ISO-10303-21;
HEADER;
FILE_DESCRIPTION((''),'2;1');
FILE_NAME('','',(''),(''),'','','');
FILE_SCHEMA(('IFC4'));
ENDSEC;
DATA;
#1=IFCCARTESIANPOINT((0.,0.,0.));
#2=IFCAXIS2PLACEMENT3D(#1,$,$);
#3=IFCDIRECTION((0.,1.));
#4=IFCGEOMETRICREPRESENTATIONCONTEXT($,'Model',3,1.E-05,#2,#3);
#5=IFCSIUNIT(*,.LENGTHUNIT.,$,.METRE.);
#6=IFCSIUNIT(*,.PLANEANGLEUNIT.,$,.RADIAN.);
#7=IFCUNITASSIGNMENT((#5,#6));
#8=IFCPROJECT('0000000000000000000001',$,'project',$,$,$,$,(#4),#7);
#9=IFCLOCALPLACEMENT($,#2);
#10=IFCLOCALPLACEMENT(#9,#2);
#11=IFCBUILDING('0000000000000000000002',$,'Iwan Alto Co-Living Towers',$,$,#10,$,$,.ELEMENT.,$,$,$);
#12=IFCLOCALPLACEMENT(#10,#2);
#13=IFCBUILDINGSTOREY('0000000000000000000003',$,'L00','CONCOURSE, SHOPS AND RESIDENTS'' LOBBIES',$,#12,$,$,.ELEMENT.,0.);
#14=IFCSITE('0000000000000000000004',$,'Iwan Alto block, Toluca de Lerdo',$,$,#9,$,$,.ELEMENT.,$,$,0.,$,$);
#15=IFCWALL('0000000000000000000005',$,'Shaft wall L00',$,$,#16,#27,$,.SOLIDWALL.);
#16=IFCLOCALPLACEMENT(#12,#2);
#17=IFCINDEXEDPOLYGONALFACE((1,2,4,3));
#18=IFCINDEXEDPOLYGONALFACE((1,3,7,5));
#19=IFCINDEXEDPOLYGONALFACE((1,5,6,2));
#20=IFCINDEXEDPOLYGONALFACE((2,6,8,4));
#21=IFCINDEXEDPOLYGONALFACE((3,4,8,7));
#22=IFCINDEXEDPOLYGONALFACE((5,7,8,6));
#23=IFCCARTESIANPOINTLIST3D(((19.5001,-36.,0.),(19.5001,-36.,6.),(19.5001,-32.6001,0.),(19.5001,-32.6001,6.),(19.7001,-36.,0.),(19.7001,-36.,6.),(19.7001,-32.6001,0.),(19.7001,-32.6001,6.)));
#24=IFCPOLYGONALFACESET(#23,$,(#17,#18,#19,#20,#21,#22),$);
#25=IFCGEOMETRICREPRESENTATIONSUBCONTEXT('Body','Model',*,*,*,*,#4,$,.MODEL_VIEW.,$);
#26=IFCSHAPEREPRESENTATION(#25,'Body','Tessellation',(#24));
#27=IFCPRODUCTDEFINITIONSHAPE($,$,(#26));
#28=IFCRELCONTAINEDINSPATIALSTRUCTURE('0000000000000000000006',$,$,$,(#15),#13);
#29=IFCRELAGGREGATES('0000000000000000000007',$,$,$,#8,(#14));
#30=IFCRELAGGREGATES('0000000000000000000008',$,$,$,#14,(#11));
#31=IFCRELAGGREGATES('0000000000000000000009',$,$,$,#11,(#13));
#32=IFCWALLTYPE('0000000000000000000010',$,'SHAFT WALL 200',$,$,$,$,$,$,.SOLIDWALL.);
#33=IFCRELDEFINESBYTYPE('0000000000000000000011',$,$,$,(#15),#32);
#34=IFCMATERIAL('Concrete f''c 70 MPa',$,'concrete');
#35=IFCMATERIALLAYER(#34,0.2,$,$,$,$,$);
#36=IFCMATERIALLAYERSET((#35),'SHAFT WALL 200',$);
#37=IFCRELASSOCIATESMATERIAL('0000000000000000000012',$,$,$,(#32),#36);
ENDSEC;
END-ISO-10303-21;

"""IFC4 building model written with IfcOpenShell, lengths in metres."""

from ifc_helpers import new_model, si_unit, direction, frame, frame_2d, origin, place, context, subcontext, project, spatial, rectangle, extrude, material, layer, layer_set, type_object, element, save


model = new_model("IFC4")

# Units and contexts
model_context = context("Model", 3, precision=1e-05, world=origin(), true_north=direction((0.0, 1.0)))
body_context = subcontext(model_context, "Body", "Model", "MODEL_VIEW")
ifc_project = project(units=[si_unit("LENGTHUNIT", "METRE"), si_unit("PLANEANGLEUNIT", "RADIAN")], contexts=[model_context])

# Site, building, storey
site_placement = place(None, origin())
site = spatial("IfcSite", under=ifc_project, at=site_placement, Name="Iwan Alto block, Toluca de Lerdo", CompositionType="ELEMENT", RefElevation=0.0)
building_placement = place(site_placement, origin())
building = spatial("IfcBuilding", under=site, at=building_placement, Name="Iwan Alto Co-Living Towers", CompositionType="ELEMENT")
storey_placement = place(building_placement, origin())
storey = spatial("IfcBuildingStorey", under=building, at=storey_placement, Name="L00", Description="CONCOURSE, SHOPS AND RESIDENTS' LOBBIES", CompositionType="ELEMENT", Elevation=0.0)

# Wall
ifc_material_1 = material(Name="Concrete f'c 70 MPa", Category="concrete")
ifc_layer_1 = layer(ifc_material_1, 0.2)
ifc_layer_set_1 = layer_set([ifc_layer_1], Name="SHAFT WALL 200")
wall_type_1 = type_object("IfcWallType", Name="SHAFT WALL 200", PredefinedType="SOLIDWALL", material=ifc_layer_set_1)
wall_1_placement = place(storey_placement, frame((19.6001, -36.0, 0.0), z_axis=(0.0, 0.0, 1.0), x_axis=(0.0, 1.0, 0.0)))
element("IfcWall", 1, at=wall_1_placement, inside=storey, type_object=wall_type_1, Name="Shaft wall L00", PredefinedType="SOLIDWALL", context=body_context, shape_type="SweptSolid", body=[
    extrude(rectangle(XDim=3.3999, YDim=0.2, at=frame_2d((1.7, 0.0))), origin(), (0.0, 0.0, 1.0), 6.0),
])

save(model, "model.ifc")
